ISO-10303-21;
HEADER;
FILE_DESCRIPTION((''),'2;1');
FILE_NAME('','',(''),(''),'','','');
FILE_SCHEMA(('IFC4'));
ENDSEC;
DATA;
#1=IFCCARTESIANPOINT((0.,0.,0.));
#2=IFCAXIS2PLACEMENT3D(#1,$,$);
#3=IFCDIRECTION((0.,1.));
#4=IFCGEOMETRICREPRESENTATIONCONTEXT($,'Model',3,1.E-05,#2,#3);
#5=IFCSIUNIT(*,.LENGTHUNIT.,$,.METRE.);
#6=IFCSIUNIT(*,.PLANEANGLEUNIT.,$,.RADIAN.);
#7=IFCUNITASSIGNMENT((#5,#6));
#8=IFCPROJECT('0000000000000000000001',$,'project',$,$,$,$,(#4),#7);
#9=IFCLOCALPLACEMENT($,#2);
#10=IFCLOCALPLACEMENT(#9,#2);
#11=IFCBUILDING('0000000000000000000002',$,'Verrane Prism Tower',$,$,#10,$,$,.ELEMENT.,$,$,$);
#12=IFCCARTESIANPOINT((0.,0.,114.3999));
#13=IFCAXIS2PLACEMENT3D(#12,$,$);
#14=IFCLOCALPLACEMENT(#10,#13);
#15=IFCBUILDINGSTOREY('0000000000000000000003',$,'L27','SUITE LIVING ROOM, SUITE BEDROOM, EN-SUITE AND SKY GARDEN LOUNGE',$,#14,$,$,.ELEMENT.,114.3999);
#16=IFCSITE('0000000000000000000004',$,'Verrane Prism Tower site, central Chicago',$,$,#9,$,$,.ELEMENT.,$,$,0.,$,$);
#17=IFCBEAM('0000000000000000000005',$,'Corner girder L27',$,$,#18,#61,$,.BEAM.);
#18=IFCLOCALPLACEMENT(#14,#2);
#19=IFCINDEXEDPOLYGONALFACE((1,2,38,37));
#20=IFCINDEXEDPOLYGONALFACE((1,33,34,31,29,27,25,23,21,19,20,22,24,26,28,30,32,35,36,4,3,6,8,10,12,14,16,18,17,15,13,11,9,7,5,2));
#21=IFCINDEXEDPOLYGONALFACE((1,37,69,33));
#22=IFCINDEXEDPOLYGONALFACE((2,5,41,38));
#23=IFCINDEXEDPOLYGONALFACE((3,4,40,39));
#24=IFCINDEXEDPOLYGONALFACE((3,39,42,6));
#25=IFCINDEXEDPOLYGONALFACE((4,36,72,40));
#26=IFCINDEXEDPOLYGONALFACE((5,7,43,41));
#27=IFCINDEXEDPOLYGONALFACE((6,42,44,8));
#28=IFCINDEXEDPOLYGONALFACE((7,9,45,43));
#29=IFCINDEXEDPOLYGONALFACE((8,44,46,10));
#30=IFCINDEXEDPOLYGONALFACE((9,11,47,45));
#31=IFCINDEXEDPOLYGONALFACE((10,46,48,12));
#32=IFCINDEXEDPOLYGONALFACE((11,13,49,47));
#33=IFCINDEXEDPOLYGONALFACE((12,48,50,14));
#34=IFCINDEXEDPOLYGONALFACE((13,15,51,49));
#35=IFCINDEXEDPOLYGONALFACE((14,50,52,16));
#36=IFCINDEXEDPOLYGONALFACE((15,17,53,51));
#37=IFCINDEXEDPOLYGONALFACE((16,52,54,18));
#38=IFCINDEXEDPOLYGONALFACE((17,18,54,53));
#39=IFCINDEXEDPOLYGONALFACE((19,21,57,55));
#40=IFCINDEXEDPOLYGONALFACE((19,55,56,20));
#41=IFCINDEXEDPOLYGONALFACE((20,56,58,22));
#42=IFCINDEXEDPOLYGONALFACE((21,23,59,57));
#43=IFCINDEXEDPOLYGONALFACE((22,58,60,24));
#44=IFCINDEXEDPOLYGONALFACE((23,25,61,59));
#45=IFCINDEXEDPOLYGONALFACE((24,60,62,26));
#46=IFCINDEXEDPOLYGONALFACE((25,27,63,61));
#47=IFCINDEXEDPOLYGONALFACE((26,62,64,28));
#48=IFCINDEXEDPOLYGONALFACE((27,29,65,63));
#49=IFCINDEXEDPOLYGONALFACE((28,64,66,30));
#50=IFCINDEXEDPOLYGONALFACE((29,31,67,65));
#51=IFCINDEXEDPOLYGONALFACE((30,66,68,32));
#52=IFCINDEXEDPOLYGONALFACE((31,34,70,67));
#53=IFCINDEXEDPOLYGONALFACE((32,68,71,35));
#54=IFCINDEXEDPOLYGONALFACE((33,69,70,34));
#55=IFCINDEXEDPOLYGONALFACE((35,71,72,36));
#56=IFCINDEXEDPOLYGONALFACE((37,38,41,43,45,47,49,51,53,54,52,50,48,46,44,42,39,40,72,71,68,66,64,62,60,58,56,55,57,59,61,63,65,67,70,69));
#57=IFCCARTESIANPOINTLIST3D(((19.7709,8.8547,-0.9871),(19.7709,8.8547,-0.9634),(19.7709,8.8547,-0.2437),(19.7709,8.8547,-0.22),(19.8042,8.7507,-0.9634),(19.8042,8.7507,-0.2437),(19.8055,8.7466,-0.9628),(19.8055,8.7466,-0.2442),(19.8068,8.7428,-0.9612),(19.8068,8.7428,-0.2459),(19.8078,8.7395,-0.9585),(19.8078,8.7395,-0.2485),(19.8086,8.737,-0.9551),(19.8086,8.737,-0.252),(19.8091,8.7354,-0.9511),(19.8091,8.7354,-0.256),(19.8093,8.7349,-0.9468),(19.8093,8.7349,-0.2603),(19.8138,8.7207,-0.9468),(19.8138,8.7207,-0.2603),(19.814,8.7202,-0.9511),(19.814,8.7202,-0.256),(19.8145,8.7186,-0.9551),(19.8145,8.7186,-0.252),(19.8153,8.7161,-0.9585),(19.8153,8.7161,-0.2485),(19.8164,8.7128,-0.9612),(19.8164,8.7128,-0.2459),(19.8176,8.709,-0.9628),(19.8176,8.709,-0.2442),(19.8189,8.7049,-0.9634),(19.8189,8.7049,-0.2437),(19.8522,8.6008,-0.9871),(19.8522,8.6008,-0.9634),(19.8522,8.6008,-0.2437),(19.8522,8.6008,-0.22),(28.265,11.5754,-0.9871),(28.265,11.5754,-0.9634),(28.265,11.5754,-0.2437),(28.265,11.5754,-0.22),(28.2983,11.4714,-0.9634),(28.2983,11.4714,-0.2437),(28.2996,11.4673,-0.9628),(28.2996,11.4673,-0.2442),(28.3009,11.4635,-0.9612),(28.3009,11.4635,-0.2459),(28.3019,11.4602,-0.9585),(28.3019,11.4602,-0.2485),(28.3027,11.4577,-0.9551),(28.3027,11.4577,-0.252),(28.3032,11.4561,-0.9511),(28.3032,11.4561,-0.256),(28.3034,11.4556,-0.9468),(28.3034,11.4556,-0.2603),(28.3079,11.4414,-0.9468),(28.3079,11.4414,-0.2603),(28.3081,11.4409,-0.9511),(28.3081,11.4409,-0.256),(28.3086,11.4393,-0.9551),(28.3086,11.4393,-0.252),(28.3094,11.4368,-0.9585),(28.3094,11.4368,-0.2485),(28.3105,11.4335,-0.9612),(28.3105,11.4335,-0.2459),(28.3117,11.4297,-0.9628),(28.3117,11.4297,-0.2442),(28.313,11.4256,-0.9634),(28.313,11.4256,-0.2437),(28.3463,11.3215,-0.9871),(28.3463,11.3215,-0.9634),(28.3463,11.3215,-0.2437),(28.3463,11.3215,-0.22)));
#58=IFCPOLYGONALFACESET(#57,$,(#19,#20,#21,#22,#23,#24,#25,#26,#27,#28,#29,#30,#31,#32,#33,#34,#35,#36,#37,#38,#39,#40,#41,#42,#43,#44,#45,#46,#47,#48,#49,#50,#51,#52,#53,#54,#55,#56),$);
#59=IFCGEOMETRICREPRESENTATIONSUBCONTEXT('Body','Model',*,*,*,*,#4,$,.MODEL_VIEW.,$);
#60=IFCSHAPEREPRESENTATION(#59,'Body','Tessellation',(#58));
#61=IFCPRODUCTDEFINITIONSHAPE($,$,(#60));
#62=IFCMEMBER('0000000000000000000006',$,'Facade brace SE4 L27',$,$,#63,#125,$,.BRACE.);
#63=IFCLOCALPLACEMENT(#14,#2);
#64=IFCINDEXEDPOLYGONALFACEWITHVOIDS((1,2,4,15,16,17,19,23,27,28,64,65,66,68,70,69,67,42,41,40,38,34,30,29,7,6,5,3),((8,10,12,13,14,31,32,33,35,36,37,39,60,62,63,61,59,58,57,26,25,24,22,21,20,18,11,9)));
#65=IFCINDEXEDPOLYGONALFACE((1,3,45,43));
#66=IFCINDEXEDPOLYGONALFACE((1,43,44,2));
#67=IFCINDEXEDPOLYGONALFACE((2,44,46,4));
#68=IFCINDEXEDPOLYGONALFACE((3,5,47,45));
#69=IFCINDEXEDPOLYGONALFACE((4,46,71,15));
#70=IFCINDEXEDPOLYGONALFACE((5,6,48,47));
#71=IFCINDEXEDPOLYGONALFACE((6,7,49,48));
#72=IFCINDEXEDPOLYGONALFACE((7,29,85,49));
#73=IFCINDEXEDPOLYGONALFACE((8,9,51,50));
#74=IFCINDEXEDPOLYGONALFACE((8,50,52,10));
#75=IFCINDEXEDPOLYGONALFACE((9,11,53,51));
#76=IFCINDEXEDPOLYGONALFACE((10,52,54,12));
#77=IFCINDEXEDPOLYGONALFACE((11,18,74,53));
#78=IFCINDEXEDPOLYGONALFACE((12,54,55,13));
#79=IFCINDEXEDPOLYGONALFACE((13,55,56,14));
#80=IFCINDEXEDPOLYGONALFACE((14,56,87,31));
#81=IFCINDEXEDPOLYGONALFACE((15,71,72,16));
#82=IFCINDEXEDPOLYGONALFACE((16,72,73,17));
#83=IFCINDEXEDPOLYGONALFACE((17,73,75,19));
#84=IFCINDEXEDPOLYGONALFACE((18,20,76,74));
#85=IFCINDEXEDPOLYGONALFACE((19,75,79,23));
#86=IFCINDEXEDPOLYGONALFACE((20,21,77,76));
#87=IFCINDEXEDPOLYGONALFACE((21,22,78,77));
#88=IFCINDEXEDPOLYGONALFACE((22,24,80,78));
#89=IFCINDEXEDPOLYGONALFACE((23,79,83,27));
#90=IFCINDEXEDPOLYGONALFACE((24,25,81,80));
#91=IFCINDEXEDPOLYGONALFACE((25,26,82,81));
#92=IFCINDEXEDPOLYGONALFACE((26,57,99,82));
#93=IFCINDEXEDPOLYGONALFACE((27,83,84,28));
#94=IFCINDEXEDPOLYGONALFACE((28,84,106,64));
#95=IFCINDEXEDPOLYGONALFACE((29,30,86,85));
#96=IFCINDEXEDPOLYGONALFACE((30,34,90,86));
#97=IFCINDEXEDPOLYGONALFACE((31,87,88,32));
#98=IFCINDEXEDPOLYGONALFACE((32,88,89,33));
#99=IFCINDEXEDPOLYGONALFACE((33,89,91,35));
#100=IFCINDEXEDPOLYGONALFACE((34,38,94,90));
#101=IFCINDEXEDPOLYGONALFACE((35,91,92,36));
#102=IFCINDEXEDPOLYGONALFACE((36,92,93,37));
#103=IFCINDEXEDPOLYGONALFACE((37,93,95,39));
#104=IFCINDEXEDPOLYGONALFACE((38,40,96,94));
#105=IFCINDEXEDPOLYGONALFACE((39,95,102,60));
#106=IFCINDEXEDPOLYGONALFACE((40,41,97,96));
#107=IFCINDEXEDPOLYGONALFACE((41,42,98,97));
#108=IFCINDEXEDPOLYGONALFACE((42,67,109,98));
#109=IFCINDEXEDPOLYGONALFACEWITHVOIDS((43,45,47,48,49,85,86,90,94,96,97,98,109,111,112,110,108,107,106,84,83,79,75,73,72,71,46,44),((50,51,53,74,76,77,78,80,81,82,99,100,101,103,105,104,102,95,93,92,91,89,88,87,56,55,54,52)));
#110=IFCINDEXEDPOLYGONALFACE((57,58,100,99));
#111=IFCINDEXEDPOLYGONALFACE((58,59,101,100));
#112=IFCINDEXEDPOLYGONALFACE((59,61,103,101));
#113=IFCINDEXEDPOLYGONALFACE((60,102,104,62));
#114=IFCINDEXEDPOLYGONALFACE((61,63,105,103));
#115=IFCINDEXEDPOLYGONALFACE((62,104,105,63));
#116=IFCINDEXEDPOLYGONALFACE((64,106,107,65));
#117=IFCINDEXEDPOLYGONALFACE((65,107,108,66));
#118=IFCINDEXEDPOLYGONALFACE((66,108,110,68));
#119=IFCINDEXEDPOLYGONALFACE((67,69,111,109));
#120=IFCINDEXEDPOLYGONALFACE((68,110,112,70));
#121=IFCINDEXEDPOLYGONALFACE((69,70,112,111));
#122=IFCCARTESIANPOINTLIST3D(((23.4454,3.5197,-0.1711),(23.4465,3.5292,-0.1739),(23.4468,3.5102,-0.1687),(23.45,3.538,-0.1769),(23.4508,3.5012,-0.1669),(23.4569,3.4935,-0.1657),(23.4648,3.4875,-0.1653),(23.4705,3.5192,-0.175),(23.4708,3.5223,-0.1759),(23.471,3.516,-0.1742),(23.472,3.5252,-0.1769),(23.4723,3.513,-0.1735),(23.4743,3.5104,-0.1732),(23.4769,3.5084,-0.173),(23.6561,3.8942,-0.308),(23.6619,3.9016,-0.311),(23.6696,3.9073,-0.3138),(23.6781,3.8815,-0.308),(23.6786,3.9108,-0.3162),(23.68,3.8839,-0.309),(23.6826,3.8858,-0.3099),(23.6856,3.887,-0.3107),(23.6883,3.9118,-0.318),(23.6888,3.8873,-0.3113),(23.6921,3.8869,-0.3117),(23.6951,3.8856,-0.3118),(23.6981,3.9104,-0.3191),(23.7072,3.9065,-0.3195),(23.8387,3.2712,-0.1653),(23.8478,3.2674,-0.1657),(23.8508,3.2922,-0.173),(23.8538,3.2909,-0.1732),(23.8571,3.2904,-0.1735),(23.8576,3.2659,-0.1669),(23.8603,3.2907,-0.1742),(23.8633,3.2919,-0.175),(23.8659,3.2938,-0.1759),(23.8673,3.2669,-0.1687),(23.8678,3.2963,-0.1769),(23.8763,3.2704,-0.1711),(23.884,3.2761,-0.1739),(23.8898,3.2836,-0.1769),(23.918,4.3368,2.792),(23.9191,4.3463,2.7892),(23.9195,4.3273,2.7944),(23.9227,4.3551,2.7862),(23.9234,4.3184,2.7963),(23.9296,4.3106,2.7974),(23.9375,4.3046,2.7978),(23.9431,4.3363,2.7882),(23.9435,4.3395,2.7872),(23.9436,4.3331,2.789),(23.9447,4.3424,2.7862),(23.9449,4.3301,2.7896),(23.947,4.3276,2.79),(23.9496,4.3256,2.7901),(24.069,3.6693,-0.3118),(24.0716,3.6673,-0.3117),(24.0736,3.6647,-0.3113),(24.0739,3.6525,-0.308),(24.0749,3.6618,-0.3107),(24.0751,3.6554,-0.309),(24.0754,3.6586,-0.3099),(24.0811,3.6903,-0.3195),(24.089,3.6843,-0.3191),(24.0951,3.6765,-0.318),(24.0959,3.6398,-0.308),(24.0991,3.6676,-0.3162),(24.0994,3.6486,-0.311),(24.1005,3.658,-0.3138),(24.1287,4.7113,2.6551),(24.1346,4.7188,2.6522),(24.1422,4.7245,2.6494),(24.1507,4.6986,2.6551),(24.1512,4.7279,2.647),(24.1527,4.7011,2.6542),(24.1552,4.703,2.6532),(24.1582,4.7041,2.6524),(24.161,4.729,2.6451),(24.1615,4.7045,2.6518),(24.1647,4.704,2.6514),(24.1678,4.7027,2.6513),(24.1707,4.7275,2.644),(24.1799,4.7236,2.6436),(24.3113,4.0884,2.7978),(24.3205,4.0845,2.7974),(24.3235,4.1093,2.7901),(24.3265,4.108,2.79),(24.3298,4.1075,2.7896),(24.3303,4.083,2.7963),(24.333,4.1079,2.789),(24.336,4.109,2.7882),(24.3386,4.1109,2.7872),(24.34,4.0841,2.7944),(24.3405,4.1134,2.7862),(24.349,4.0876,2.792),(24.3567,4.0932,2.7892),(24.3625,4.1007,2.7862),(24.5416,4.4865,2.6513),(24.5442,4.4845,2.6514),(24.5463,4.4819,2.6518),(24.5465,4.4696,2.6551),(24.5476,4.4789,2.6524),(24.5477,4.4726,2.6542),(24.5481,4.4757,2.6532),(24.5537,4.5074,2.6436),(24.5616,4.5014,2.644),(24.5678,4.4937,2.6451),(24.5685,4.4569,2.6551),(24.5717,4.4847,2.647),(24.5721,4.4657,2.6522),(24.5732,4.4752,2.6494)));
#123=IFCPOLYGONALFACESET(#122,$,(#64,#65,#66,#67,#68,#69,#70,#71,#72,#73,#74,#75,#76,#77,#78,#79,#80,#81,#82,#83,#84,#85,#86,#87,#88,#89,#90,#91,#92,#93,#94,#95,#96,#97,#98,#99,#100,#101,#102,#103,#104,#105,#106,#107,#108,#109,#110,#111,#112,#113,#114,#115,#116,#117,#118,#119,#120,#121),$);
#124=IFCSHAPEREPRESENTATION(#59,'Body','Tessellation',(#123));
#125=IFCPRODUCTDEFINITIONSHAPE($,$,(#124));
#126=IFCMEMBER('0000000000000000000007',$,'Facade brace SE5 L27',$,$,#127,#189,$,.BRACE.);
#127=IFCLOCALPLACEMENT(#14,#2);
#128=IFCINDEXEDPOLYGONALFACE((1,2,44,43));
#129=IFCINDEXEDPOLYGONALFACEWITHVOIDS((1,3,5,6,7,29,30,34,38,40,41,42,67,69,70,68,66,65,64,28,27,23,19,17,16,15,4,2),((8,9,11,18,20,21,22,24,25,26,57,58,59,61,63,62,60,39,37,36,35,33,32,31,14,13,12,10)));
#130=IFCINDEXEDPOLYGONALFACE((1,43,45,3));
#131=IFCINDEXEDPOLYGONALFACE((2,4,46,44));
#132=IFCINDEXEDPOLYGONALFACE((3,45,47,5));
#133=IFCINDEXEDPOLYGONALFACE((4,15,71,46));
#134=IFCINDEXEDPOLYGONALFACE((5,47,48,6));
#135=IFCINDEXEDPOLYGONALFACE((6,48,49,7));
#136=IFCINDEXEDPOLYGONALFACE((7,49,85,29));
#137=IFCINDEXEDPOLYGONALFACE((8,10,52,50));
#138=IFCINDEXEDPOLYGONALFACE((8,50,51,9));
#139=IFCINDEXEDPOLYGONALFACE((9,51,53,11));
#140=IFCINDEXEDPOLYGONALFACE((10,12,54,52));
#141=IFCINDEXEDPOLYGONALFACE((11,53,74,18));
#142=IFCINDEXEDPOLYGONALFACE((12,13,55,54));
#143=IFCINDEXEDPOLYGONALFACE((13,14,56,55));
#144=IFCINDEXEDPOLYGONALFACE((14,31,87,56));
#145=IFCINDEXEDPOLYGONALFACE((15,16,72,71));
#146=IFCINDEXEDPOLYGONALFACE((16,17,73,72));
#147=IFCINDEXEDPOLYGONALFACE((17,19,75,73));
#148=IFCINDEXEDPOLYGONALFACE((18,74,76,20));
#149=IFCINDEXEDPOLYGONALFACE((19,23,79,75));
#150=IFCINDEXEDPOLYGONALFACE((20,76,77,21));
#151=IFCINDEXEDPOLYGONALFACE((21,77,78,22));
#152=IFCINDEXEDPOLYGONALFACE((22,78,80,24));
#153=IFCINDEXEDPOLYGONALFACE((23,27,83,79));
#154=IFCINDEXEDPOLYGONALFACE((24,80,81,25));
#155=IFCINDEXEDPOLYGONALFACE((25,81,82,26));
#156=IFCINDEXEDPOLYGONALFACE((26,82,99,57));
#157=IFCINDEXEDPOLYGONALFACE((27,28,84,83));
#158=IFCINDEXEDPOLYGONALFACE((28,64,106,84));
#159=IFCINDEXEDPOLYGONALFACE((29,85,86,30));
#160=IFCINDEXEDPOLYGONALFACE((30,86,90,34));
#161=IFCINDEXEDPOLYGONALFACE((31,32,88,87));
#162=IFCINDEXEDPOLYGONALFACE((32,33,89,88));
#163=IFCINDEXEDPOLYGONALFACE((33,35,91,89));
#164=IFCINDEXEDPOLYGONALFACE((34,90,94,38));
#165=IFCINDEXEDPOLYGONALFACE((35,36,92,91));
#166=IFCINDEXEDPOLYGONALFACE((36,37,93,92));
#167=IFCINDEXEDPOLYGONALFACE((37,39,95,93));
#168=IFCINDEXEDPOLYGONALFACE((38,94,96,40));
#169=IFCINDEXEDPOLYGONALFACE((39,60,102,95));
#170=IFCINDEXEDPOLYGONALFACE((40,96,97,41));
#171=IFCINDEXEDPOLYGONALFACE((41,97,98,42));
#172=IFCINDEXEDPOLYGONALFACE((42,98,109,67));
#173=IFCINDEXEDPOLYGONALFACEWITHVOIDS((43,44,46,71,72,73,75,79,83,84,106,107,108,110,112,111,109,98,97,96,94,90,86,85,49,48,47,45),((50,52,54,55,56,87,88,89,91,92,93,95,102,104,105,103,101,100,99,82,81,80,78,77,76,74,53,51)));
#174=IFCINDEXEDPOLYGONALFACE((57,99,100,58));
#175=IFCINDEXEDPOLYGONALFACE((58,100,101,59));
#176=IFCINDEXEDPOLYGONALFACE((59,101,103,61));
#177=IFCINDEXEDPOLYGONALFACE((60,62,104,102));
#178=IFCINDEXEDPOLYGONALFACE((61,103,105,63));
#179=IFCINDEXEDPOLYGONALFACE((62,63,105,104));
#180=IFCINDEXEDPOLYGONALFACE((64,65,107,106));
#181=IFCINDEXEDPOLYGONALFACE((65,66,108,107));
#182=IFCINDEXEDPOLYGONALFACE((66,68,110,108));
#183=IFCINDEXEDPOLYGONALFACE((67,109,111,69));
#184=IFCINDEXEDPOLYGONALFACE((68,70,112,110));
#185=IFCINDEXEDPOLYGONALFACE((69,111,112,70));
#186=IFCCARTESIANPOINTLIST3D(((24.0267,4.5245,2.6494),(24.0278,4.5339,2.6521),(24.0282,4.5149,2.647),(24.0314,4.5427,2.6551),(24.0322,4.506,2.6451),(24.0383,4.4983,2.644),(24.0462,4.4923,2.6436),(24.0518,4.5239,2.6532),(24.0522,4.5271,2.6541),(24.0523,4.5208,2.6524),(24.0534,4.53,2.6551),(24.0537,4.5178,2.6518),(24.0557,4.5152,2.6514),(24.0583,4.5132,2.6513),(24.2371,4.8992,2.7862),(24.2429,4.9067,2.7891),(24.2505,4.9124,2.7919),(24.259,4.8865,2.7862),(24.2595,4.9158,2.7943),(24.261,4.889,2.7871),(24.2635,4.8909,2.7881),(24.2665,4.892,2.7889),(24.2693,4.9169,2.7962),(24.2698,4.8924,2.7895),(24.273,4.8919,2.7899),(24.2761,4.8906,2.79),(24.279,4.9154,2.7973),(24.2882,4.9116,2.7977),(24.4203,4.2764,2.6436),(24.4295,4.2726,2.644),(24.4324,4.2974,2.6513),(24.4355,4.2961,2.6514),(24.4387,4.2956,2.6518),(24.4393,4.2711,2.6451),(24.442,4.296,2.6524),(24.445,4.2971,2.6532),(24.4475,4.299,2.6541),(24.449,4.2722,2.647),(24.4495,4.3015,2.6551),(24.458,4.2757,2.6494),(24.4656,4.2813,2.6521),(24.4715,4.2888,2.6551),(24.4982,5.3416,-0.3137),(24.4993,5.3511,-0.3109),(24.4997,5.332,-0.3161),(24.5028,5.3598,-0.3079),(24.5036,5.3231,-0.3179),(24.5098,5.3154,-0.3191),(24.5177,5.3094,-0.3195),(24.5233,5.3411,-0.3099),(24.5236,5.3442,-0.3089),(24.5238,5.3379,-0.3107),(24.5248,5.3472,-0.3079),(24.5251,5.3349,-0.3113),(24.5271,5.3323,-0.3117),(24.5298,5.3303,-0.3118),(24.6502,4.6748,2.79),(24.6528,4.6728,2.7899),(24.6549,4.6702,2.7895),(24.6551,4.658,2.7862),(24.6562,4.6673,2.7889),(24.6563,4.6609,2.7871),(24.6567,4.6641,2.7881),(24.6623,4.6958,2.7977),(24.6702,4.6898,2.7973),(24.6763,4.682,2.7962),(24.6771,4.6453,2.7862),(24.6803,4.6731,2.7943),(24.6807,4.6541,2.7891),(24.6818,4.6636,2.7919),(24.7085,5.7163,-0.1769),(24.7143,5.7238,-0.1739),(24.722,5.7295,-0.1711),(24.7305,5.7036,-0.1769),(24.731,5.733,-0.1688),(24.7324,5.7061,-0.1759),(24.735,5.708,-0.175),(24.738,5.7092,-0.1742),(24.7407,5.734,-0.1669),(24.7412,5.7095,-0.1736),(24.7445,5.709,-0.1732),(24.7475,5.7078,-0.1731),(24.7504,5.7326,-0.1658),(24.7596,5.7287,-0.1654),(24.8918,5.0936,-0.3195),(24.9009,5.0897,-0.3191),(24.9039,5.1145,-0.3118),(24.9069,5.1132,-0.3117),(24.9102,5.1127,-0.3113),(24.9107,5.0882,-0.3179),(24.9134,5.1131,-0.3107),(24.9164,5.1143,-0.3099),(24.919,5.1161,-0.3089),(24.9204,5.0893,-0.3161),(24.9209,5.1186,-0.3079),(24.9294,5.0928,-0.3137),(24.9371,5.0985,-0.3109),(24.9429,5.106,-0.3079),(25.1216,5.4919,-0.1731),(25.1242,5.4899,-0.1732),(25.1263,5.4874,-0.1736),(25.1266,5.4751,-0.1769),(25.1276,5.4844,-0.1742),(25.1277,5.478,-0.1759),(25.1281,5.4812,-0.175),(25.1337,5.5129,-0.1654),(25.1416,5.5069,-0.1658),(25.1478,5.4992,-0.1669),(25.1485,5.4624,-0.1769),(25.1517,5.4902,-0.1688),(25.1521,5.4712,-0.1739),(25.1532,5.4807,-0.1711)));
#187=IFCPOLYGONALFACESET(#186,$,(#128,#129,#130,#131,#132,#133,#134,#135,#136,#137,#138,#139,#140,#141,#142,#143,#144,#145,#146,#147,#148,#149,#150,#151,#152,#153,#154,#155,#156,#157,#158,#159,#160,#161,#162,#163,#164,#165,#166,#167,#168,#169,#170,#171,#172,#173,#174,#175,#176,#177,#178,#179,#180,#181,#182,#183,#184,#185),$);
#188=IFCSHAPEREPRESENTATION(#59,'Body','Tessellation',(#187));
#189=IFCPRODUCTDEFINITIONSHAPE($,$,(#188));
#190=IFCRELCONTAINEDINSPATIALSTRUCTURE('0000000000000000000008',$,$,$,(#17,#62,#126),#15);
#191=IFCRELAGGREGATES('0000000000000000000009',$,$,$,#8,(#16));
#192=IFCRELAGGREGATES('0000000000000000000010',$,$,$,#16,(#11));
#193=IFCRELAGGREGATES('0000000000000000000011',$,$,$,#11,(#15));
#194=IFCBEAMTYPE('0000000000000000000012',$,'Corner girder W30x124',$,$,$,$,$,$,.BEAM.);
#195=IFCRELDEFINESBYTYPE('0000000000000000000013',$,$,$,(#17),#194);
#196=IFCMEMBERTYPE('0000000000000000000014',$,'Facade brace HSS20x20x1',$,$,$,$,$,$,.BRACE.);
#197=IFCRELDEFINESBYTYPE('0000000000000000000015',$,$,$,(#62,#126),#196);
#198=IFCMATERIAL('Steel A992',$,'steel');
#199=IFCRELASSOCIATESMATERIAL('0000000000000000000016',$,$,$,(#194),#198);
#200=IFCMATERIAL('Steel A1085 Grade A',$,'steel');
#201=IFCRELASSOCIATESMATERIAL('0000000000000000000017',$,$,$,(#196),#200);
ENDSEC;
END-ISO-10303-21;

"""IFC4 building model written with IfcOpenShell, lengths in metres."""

from ifc_helpers import new_model, si_unit, direction, frame, origin, origin_2d, place, context, subcontext, project, spatial, hollow_rectangle, i_section, extrude, material, material_profile, profile_set, type_object, element, save


model = new_model("IFC4")

# Units and contexts
model_context = context("Model", 3, precision=1e-05, world=origin(), true_north=direction((0.0, 1.0)))
body_context = subcontext(model_context, "Body", "Model", "MODEL_VIEW")
ifc_project = project(units=[si_unit("LENGTHUNIT", "METRE"), si_unit("PLANEANGLEUNIT", "RADIAN")], contexts=[model_context])

# Site, building, storey
site_placement = place(None, origin())
site = spatial("IfcSite", under=ifc_project, at=site_placement, Name="Verrane Prism Tower site, central Chicago", CompositionType="ELEMENT", RefElevation=0.0)
building_placement = place(site_placement, origin())
building = spatial("IfcBuilding", under=site, at=building_placement, Name="Verrane Prism Tower", CompositionType="ELEMENT")
storey_placement = place(building_placement, frame((0.0, 0.0, 114.3999)))
storey = spatial("IfcBuildingStorey", under=building, at=storey_placement, Name="L27", Description="SUITE LIVING ROOM, SUITE BEDROOM, EN-SUITE AND SKY GARDEN LOUNGE", CompositionType="ELEMENT", Elevation=114.3999)

# Beam
ifc_material_1 = material(Name="Steel A992", Category="steel")
ifc_material_profile_1 = material_profile(ifc_material_1, i_section(OverallWidth=0.2666, OverallDepth=0.7671, WebThickness=0.0149, FlangeThickness=0.0237, FilletRadius=0.0166, at=origin_2d()), Name="W30x124")
ifc_profile_set_1 = profile_set([ifc_material_profile_1], Name="Steel A992")
beam_type_1 = type_object("IfcBeamType", Name="Corner girder W30x124", PredefinedType="BEAM", material=ifc_profile_set_1)
beam_1_placement = place(storey_placement, frame((28.3057, 11.4485, -0.6035), z_axis=(-0.95234, -0.305038, 0.0), x_axis=(0.305038, -0.95234, 0.0)))
element("IfcBeam", 1, at=beam_1_placement, inside=storey, type_object=beam_type_1, Name="Corner girder L27", PredefinedType="BEAM", context=body_context, shape_type="SweptSolid", body=[
    extrude(i_section(OverallWidth=0.2666, OverallDepth=0.7671, WebThickness=0.0149, FlangeThickness=0.0237, FilletRadius=0.0166, at=origin_2d()), origin(), (0.0, 0.0, 1.0), 8.9192),
])

# Members
ifc_material_2 = material(Name="Steel A1085 Grade A", Category="steel")
ifc_material_profile_2 = material_profile(ifc_material_2, hollow_rectangle(XDim=0.5081, YDim=0.5081, WallThickness=0.0254, InnerFilletRadius=0.0127, OuterFilletRadius=0.0381, at=origin_2d()), Name="HSS20x20x1")
ifc_profile_set_2 = profile_set([ifc_material_profile_2], Name="Steel A1085 Grade A")
member_type_1 = type_object("IfcMemberType", Name="Facade brace HSS20x20x1", PredefinedType="BRACE", material=ifc_profile_set_2)
member_1_placement = place(storey_placement, frame((23.7729, 3.5889, -0.2424), z_axis=(0.151986, 0.262757, 0.952816), x_axis=(-0.865621, 0.5007, 0.0)))
element("IfcMember", 2, at=member_1_placement, inside=storey, type_object=member_type_1, Name="Facade brace SE4 L27", PredefinedType="BRACE", context=body_context, shape_type="SweptSolid", body=[
    extrude(hollow_rectangle(XDim=0.5081, YDim=0.5081, WallThickness=0.0254, InnerFilletRadius=0.0127, OuterFilletRadius=0.0381, at=origin_2d()), origin(), (0.0, 0.0, 1.0), 3.1099),
])
member_2_placement = place(storey_placement, frame((24.8257, 5.4111, -0.2424), z_axis=(-0.151602, -0.262772, 0.952873), x_axis=(0.866181, -0.49973, 0.0)))
element("IfcMember", 3, at=member_2_placement, inside=storey, type_object=member_type_1, Name="Facade brace SE5 L27", PredefinedType="BRACE", context=body_context, shape_type="SweptSolid", body=[
    extrude(hollow_rectangle(XDim=0.5081, YDim=0.5081, WallThickness=0.0254, InnerFilletRadius=0.0127, OuterFilletRadius=0.0381, at=origin_2d()), origin(), (0.0, 0.0, 1.0), 3.1096),
])

save(model, "model.ifc")
